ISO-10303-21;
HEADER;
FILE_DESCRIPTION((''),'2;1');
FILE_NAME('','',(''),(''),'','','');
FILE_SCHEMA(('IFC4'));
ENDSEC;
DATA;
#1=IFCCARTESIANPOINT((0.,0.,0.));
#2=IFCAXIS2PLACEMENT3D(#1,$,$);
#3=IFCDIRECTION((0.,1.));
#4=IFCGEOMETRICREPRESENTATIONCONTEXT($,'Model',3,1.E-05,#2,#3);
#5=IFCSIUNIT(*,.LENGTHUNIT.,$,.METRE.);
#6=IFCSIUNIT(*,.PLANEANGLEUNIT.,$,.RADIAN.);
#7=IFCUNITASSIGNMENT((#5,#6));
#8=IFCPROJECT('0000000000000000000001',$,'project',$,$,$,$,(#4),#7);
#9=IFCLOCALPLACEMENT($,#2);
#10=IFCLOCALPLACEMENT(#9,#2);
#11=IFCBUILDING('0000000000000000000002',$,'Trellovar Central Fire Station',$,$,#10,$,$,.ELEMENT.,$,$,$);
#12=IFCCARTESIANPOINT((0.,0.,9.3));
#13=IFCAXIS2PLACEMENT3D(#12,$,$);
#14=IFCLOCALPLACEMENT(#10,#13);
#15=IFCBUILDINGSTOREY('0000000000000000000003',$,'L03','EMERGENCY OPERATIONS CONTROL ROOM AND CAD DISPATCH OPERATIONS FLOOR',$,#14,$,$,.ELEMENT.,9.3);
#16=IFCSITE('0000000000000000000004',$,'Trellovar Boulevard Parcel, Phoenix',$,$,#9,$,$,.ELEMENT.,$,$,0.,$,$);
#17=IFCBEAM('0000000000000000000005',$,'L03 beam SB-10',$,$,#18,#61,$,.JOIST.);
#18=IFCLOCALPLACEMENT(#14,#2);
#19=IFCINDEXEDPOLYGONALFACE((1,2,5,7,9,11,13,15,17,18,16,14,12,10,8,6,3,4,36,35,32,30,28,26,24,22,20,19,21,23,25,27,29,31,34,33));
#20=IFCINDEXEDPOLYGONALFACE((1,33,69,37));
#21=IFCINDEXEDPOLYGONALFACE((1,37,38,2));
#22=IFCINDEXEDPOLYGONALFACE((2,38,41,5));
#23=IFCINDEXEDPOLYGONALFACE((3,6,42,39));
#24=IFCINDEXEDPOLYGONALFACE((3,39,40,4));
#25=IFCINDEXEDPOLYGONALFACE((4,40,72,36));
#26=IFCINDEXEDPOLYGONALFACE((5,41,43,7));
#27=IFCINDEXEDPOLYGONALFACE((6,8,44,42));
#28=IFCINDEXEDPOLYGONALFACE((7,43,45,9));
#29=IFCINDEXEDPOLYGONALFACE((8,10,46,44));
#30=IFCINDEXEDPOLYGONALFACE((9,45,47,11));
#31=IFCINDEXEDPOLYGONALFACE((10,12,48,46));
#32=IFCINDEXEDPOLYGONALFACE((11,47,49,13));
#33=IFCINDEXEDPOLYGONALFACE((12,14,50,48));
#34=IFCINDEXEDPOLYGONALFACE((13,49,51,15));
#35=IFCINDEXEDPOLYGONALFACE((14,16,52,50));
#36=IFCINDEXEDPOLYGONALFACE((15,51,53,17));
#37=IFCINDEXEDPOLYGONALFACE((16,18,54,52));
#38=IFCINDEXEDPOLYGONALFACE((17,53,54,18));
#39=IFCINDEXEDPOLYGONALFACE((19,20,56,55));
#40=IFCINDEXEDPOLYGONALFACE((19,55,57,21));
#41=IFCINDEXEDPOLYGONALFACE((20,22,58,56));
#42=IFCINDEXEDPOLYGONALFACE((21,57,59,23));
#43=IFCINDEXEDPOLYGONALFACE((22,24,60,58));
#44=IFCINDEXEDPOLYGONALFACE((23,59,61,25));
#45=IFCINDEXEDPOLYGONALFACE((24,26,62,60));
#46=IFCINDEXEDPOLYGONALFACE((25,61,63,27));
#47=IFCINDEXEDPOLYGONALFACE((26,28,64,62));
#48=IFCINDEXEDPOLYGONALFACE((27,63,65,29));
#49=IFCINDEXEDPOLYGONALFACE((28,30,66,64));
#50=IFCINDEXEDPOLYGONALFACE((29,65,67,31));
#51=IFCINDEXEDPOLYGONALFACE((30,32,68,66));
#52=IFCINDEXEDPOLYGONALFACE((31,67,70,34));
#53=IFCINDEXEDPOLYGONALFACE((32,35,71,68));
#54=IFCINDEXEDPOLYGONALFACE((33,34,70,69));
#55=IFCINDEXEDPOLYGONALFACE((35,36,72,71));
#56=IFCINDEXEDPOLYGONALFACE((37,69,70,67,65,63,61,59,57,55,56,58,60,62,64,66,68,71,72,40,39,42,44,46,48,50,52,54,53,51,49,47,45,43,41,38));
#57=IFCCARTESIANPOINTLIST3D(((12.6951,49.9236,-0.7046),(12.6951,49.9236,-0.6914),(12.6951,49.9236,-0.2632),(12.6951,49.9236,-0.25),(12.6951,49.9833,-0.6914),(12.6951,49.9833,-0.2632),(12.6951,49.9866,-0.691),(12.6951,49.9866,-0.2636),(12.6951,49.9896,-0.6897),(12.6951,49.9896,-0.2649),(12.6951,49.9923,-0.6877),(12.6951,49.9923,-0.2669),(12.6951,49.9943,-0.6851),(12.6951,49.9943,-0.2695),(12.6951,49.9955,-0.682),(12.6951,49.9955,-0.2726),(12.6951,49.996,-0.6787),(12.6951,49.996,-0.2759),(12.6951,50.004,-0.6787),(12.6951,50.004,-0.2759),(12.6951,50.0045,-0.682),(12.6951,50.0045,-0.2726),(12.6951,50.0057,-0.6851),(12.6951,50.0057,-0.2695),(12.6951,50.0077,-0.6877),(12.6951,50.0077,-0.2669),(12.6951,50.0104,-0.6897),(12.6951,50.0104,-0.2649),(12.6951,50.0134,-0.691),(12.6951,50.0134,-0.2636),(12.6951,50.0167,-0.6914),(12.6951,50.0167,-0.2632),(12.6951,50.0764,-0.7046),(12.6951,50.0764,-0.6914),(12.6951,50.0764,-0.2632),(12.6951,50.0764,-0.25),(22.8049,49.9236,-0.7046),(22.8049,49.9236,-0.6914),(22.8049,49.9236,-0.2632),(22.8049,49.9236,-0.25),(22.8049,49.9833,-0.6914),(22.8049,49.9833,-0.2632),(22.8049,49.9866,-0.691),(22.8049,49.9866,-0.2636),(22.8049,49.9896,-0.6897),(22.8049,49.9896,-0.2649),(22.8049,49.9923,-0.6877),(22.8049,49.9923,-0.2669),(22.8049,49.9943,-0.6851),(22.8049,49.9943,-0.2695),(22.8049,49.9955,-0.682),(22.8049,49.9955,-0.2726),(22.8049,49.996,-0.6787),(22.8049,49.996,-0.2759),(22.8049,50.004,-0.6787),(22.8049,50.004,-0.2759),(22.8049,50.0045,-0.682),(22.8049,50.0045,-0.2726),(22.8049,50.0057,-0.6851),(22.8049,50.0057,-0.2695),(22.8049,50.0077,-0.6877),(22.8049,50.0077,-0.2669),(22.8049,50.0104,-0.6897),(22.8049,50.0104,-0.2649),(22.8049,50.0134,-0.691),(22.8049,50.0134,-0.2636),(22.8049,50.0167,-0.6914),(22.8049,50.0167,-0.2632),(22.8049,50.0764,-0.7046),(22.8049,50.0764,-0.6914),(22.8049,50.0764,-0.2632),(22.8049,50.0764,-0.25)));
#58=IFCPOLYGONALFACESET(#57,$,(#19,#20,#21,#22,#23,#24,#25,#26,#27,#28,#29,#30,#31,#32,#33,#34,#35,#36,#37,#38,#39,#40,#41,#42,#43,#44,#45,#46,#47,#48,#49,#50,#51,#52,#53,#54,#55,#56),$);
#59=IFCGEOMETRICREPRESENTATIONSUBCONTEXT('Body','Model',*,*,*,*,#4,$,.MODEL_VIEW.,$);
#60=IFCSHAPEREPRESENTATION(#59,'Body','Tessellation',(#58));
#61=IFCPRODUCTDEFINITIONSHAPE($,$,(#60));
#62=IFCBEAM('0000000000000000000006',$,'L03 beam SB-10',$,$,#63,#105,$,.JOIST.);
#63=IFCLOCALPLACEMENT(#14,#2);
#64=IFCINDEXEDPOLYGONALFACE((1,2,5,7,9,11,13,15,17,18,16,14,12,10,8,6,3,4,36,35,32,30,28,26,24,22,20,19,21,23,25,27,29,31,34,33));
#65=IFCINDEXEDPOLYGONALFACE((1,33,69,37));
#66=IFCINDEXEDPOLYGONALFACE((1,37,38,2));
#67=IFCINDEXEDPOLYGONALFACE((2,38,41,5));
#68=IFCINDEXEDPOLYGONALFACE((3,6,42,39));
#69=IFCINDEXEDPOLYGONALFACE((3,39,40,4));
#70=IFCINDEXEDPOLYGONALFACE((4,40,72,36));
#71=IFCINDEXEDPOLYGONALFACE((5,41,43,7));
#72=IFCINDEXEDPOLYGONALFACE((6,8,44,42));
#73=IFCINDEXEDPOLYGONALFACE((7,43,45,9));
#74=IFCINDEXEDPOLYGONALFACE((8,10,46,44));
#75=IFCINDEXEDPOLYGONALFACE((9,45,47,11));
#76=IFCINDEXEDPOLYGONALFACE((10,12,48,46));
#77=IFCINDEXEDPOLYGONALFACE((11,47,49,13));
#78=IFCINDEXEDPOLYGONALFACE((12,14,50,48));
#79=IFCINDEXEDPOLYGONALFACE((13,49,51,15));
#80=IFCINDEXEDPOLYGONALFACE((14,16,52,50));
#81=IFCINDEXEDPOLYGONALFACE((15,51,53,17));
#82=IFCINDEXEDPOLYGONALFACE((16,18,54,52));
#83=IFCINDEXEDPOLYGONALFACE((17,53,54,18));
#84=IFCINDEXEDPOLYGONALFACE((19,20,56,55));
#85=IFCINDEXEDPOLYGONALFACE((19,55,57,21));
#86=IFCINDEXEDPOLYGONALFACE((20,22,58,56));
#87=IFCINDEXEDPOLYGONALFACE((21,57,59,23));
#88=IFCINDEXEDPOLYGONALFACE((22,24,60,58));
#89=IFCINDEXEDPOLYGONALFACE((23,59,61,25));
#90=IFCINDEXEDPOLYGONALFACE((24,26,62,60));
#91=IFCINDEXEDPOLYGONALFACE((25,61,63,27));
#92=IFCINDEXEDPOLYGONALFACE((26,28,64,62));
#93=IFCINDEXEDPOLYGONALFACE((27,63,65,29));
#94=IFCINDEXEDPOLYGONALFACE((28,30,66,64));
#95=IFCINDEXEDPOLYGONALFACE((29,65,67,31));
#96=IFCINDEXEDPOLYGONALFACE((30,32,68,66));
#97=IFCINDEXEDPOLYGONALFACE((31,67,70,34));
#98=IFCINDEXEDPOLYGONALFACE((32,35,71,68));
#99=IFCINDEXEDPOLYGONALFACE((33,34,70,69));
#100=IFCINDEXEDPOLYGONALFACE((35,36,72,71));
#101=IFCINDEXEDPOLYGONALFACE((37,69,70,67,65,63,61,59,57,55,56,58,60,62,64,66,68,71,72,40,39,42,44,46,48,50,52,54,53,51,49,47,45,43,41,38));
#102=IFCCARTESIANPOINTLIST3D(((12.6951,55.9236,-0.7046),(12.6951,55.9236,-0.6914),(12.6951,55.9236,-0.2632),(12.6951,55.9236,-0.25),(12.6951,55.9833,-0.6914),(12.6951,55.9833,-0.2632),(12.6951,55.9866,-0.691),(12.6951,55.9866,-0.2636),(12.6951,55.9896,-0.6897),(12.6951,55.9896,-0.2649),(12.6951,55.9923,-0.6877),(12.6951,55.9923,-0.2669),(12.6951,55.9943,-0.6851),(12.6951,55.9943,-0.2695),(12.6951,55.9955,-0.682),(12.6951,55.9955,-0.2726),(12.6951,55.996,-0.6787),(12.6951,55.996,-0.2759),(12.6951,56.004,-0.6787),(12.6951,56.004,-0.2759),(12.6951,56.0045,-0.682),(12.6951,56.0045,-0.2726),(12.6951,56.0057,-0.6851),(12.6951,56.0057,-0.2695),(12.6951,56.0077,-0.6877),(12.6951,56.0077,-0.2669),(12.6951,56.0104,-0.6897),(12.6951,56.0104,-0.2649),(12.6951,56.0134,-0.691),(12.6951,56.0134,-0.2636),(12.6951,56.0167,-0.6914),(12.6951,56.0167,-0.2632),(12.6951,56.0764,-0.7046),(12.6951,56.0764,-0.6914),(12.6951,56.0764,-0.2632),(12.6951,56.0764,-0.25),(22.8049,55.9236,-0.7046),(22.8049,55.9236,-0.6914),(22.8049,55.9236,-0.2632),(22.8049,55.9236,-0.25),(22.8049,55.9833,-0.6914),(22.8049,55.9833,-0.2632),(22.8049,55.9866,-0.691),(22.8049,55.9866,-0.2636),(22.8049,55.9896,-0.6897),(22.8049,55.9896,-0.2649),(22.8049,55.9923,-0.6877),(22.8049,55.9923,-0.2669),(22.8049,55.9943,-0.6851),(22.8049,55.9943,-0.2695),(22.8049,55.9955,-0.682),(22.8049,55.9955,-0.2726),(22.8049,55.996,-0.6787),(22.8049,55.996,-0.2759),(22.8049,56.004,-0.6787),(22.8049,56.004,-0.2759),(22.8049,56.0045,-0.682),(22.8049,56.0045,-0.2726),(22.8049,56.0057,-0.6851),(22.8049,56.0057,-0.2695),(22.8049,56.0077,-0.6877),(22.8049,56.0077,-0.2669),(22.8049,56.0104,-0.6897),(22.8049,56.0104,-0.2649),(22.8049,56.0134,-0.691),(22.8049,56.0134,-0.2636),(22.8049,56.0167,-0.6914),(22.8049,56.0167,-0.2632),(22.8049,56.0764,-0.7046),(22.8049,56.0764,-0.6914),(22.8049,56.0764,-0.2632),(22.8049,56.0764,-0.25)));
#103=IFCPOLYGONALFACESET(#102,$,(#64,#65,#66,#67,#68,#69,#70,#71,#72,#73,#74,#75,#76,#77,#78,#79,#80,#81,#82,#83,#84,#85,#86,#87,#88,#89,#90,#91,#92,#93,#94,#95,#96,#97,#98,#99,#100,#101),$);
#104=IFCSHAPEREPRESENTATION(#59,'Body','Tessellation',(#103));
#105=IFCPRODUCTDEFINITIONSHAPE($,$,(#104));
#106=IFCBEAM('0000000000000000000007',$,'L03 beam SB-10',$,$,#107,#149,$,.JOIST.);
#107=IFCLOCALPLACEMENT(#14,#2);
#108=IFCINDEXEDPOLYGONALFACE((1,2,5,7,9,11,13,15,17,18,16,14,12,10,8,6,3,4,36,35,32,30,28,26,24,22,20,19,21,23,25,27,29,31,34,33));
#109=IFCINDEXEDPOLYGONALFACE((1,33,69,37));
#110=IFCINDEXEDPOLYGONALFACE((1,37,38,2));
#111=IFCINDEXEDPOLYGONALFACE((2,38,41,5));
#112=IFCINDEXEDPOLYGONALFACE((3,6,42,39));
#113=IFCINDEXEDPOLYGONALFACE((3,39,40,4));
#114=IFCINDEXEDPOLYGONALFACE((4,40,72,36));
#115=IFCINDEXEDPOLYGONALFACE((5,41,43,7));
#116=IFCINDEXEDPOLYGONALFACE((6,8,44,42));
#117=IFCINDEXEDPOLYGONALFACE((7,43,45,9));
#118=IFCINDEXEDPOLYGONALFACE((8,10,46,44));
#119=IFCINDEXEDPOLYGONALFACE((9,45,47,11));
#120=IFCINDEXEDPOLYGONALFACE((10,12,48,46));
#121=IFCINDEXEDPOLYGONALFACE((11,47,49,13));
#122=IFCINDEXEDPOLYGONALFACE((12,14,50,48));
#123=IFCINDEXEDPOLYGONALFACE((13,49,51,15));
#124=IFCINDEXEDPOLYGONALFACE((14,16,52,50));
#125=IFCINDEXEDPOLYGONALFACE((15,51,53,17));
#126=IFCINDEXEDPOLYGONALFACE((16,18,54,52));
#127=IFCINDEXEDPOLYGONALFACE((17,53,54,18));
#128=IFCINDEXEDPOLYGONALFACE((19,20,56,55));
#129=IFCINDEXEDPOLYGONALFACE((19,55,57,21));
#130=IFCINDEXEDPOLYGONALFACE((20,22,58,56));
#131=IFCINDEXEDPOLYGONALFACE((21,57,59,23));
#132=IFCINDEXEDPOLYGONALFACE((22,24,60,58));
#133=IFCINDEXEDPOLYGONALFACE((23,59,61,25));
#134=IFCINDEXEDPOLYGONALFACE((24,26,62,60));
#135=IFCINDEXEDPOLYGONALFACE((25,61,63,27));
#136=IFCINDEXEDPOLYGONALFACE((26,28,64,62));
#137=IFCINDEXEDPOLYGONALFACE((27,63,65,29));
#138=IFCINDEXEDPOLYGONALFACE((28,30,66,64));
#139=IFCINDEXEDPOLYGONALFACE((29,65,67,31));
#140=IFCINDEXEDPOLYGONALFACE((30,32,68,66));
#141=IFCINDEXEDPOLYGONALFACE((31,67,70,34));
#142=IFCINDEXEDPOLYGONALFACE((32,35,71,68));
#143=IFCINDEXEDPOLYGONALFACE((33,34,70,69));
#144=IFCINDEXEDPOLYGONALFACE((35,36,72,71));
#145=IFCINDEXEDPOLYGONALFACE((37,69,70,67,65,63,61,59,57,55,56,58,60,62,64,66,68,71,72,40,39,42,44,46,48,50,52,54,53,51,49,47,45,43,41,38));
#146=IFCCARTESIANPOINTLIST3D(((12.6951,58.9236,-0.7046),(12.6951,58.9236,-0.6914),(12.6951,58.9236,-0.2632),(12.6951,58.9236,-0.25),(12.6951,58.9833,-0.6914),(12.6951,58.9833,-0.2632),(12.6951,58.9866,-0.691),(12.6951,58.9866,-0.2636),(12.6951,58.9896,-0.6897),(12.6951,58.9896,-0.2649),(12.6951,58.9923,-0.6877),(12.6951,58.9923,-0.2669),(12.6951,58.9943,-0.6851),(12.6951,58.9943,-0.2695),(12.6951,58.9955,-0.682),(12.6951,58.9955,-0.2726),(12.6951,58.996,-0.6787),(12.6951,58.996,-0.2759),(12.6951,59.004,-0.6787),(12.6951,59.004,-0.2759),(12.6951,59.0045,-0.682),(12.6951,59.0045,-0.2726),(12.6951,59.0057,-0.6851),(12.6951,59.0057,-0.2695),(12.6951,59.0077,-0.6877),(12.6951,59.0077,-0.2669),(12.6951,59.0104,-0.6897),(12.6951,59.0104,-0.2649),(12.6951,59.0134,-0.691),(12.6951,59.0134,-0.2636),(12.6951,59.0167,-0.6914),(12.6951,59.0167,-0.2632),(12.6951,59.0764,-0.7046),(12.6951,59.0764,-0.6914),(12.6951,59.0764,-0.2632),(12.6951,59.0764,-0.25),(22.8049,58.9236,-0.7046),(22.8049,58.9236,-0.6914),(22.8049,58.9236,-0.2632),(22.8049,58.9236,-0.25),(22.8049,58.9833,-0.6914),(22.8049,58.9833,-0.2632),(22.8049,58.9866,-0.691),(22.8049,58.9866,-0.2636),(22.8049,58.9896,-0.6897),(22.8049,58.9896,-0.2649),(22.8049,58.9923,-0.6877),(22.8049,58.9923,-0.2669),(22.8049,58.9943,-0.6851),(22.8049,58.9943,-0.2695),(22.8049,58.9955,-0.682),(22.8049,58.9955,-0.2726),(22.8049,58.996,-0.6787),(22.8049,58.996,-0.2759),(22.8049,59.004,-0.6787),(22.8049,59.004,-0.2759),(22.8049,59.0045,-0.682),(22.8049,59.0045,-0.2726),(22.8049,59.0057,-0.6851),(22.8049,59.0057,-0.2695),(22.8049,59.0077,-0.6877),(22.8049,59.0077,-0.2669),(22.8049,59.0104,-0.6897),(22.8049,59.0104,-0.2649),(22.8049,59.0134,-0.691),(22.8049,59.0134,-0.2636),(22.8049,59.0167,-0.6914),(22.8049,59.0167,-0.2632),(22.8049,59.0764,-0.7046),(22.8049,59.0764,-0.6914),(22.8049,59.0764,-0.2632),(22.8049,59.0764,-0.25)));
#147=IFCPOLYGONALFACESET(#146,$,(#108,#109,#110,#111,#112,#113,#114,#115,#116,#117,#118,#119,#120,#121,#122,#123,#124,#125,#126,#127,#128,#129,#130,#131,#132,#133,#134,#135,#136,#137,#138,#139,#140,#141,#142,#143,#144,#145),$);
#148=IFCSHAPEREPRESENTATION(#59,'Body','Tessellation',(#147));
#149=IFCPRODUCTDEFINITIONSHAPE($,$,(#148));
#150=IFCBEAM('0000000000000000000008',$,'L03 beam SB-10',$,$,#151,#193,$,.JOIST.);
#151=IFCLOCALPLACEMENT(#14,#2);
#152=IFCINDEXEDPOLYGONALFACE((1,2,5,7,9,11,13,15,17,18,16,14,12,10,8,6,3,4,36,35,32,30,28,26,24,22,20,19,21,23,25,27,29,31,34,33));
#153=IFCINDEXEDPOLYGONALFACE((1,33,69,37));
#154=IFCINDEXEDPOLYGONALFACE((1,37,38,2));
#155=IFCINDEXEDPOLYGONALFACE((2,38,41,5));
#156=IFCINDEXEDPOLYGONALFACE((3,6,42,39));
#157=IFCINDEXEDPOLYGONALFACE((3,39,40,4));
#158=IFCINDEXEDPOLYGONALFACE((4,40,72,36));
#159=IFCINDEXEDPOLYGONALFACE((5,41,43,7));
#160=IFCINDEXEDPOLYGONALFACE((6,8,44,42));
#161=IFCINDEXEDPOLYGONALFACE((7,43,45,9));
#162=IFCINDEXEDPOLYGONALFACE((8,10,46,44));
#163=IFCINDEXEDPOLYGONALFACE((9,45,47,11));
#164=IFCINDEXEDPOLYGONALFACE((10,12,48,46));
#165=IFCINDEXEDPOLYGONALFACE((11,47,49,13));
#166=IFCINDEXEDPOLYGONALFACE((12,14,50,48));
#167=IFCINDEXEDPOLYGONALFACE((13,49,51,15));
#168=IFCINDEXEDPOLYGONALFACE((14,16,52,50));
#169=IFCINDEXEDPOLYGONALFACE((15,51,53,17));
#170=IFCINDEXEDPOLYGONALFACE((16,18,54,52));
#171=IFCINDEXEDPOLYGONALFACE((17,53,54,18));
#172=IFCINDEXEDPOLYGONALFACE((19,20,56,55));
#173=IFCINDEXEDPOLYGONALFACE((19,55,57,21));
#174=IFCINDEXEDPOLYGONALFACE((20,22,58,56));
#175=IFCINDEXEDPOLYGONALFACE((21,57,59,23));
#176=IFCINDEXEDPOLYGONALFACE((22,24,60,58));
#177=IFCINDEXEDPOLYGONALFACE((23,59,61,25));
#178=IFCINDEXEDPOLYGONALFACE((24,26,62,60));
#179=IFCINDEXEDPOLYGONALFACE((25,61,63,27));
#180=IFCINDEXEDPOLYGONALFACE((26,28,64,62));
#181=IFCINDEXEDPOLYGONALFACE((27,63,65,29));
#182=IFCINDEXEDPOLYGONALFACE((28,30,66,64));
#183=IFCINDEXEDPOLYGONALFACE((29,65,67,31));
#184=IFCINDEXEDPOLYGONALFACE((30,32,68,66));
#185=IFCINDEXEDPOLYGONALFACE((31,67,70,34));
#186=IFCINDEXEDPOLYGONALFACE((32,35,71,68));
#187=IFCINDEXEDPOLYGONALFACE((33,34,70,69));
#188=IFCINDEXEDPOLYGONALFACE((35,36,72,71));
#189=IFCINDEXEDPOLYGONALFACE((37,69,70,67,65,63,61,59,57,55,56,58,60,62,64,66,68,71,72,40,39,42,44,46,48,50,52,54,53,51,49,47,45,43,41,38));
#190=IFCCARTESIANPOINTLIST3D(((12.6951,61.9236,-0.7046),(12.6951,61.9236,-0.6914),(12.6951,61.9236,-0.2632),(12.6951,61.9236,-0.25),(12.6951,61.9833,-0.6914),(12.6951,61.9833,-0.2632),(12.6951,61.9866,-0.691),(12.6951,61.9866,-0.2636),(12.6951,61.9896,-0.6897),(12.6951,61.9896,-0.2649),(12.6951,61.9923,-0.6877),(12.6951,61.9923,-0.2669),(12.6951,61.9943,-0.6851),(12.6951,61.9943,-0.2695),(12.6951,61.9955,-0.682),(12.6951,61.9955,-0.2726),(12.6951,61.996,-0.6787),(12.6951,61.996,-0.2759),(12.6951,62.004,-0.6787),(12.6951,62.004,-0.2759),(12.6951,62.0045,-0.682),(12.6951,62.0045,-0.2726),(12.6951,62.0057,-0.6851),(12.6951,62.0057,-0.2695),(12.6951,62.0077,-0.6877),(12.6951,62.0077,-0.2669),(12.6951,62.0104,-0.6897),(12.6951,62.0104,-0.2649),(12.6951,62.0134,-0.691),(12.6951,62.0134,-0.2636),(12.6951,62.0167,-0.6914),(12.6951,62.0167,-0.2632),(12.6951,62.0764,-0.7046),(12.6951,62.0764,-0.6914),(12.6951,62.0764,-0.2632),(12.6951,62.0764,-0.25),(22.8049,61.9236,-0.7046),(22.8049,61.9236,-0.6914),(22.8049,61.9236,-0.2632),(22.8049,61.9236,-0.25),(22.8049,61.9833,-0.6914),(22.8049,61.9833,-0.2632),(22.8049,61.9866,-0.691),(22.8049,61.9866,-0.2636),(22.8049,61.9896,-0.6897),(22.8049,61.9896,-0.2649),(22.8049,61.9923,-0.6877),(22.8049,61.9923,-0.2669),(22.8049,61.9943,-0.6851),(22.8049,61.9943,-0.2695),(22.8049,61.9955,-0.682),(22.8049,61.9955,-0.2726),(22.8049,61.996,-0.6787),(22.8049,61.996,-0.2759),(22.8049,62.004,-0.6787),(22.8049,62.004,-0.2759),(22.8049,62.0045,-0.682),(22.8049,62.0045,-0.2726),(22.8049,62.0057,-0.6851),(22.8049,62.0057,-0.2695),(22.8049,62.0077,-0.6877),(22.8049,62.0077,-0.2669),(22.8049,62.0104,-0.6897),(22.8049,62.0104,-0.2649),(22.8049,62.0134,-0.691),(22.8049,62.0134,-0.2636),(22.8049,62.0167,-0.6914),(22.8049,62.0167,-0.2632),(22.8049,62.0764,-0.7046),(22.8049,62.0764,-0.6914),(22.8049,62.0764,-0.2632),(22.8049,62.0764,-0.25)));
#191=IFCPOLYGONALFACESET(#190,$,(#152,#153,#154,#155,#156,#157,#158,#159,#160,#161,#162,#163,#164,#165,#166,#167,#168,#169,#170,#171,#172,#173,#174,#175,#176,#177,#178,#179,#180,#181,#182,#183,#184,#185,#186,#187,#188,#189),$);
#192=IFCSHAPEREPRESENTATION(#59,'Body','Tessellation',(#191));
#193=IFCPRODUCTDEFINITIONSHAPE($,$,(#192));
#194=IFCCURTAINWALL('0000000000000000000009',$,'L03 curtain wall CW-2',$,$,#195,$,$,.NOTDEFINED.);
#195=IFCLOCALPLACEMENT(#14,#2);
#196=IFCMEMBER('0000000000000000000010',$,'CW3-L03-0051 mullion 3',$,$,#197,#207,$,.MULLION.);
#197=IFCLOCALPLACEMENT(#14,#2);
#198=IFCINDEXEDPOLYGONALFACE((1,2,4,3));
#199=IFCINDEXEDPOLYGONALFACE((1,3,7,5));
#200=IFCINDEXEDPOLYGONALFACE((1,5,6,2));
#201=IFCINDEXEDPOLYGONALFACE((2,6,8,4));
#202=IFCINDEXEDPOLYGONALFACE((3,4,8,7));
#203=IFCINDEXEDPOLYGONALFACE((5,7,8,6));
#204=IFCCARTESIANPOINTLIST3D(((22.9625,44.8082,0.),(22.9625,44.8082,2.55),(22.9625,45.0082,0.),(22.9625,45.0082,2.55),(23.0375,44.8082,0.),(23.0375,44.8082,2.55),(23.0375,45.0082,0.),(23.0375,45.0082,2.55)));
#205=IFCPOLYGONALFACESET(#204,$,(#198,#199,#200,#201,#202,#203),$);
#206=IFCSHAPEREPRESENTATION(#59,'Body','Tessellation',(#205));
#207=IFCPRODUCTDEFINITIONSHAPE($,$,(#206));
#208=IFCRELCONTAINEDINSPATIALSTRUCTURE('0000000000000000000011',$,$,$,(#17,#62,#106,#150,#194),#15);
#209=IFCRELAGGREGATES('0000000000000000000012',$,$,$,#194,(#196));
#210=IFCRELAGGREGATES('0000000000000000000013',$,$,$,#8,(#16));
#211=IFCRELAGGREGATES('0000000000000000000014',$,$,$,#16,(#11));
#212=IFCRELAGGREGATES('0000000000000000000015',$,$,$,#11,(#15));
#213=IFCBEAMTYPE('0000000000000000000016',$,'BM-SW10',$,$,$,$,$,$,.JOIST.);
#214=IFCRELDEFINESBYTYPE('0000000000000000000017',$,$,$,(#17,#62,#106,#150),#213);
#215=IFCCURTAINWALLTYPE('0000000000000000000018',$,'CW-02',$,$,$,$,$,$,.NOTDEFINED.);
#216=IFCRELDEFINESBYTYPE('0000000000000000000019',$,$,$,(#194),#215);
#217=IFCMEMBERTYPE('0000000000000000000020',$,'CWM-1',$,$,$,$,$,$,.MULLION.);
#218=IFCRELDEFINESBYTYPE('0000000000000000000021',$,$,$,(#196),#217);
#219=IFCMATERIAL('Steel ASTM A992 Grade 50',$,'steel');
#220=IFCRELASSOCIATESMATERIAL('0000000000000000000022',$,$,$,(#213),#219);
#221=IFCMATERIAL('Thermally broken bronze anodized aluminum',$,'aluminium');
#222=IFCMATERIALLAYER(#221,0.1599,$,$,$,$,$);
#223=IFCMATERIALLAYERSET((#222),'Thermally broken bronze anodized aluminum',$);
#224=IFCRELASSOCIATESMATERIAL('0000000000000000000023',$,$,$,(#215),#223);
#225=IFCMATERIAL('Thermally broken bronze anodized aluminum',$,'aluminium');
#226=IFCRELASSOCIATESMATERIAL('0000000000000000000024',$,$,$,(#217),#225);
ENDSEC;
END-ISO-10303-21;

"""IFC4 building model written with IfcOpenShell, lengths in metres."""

from ifc_helpers import new_model, si_unit, direction, frame, origin, origin_2d, place, context, subcontext, project, spatial, rectangle, i_section, extrude, material, layer, layer_set, material_profile, profile_set, type_object, element, aggregate, save


model = new_model("IFC4")

# Units and contexts
model_context = context("Model", 3, precision=1e-05, world=origin(), true_north=direction((0.0, 1.0)))
body_context = subcontext(model_context, "Body", "Model", "MODEL_VIEW")
ifc_project = project(units=[si_unit("LENGTHUNIT", "METRE"), si_unit("PLANEANGLEUNIT", "RADIAN")], contexts=[model_context])

# Site, building, storey
site_placement = place(None, origin())
site = spatial("IfcSite", under=ifc_project, at=site_placement, Name="Trellovar Boulevard Parcel, Phoenix", CompositionType="ELEMENT", RefElevation=0.0)
building_placement = place(site_placement, origin())
building = spatial("IfcBuilding", under=site, at=building_placement, Name="Trellovar Central Fire Station", CompositionType="ELEMENT")
storey_placement = place(building_placement, frame((0.0, 0.0, 9.3)))
storey = spatial("IfcBuildingStorey", under=building, at=storey_placement, Name="L03", Description="EMERGENCY OPERATIONS CONTROL ROOM AND CAD DISPATCH OPERATIONS FLOOR", CompositionType="ELEMENT", Elevation=9.3)

# Beams
ifc_material_1 = material(Name="Steel ASTM A992 Grade 50", Category="steel")
ifc_material_profile_1 = material_profile(ifc_material_1, i_section(OverallWidth=0.1528, OverallDepth=0.4546, WebThickness=0.0081, FlangeThickness=0.0132, FilletRadius=0.0127, at=origin_2d()), Name="W18X40")
ifc_profile_set_1 = profile_set([ifc_material_profile_1], Name="Steel ASTM A992 Grade 50")
beam_type_1 = type_object("IfcBeamType", Name="BM-SW10", PredefinedType="JOIST", material=ifc_profile_set_1)
for number, where, z_axis, x_axis, name in (
    (1, (12.6951, 50.0, -0.4773), (1.0, 0.0, 0.0), (0.0, 1.0, 0.0), "L03 beam SB-10"),
    (2, (12.6951, 56.0, -0.4773), (1.0, 0.0, 0.0), (0.0, 1.0, 0.0), "L03 beam SB-10"),
    (3, (12.6951, 59.0, -0.4773), (1.0, 0.0, 0.0), (0.0, 1.0, 0.0), "L03 beam SB-10"),
    (4, (12.6951, 62.0, -0.4773), (1.0, 0.0, 0.0), (0.0, 1.0, 0.0), "L03 beam SB-10"),
):
    element("IfcBeam", number, at=place(storey_placement, frame(where, z_axis=z_axis, x_axis=x_axis)), inside=storey, type_object=beam_type_1, Name=name, PredefinedType="JOIST", context=body_context, shape_type="SweptSolid", body=[
        extrude(i_section(OverallWidth=0.1528, OverallDepth=0.4546, WebThickness=0.0081, FlangeThickness=0.0132, FilletRadius=0.0127, at=origin_2d()), origin(), (0.0, 0.0, 1.0), 10.1099),
    ])

# Curtain wall, member
ifc_material_2 = material(Name="Thermally broken bronze anodized aluminum", Category="aluminium")
ifc_layer_1 = layer(ifc_material_2, 0.1599)
ifc_layer_set_1 = layer_set([ifc_layer_1], Name="Thermally broken bronze anodized aluminum")
curtain_wall_type = type_object("IfcCurtainWallType", Name="CW-02", PredefinedType="NOTDEFINED", material=ifc_layer_set_1)
curtain_wall_1_placement = place(storey_placement, origin())
curtain_wall_1 = element("IfcCurtainWall", 5, at=curtain_wall_1_placement, inside=storey, type_object=curtain_wall_type, Name="L03 curtain wall CW-2", PredefinedType="NOTDEFINED")
ifc_material_3 = material(Name="Thermally broken bronze anodized aluminum", Category="aluminium")
ifc_material_profile_2 = material_profile(ifc_material_3, rectangle(XDim=0.075, YDim=0.2, at=origin_2d()), Name="ALU75X200")
ifc_profile_set_2 = profile_set([ifc_material_profile_2], Name="Thermally broken bronze anodized aluminum")
member_type_1 = type_object("IfcMemberType", Name="CWM-1", PredefinedType="MULLION", material=ifc_profile_set_2)
member_1_placement = place(storey_placement, frame((23.0, 44.9082, 0.0), z_axis=(0.0, 0.0, 1.0), x_axis=(1.0, 0.0, 0.0)))
member_1 = element("IfcMember", 6, at=member_1_placement, type_object=member_type_1, Name="CW3-L03-0051 mullion 3", PredefinedType="MULLION", context=body_context, shape_type="SweptSolid", body=[
    extrude(rectangle(XDim=0.075, YDim=0.2, at=origin_2d()), origin(), (0.0, 0.0, 1.0), 2.55),
])

aggregate(curtain_wall_1, [member_1])

save(model, "model.ifc")
